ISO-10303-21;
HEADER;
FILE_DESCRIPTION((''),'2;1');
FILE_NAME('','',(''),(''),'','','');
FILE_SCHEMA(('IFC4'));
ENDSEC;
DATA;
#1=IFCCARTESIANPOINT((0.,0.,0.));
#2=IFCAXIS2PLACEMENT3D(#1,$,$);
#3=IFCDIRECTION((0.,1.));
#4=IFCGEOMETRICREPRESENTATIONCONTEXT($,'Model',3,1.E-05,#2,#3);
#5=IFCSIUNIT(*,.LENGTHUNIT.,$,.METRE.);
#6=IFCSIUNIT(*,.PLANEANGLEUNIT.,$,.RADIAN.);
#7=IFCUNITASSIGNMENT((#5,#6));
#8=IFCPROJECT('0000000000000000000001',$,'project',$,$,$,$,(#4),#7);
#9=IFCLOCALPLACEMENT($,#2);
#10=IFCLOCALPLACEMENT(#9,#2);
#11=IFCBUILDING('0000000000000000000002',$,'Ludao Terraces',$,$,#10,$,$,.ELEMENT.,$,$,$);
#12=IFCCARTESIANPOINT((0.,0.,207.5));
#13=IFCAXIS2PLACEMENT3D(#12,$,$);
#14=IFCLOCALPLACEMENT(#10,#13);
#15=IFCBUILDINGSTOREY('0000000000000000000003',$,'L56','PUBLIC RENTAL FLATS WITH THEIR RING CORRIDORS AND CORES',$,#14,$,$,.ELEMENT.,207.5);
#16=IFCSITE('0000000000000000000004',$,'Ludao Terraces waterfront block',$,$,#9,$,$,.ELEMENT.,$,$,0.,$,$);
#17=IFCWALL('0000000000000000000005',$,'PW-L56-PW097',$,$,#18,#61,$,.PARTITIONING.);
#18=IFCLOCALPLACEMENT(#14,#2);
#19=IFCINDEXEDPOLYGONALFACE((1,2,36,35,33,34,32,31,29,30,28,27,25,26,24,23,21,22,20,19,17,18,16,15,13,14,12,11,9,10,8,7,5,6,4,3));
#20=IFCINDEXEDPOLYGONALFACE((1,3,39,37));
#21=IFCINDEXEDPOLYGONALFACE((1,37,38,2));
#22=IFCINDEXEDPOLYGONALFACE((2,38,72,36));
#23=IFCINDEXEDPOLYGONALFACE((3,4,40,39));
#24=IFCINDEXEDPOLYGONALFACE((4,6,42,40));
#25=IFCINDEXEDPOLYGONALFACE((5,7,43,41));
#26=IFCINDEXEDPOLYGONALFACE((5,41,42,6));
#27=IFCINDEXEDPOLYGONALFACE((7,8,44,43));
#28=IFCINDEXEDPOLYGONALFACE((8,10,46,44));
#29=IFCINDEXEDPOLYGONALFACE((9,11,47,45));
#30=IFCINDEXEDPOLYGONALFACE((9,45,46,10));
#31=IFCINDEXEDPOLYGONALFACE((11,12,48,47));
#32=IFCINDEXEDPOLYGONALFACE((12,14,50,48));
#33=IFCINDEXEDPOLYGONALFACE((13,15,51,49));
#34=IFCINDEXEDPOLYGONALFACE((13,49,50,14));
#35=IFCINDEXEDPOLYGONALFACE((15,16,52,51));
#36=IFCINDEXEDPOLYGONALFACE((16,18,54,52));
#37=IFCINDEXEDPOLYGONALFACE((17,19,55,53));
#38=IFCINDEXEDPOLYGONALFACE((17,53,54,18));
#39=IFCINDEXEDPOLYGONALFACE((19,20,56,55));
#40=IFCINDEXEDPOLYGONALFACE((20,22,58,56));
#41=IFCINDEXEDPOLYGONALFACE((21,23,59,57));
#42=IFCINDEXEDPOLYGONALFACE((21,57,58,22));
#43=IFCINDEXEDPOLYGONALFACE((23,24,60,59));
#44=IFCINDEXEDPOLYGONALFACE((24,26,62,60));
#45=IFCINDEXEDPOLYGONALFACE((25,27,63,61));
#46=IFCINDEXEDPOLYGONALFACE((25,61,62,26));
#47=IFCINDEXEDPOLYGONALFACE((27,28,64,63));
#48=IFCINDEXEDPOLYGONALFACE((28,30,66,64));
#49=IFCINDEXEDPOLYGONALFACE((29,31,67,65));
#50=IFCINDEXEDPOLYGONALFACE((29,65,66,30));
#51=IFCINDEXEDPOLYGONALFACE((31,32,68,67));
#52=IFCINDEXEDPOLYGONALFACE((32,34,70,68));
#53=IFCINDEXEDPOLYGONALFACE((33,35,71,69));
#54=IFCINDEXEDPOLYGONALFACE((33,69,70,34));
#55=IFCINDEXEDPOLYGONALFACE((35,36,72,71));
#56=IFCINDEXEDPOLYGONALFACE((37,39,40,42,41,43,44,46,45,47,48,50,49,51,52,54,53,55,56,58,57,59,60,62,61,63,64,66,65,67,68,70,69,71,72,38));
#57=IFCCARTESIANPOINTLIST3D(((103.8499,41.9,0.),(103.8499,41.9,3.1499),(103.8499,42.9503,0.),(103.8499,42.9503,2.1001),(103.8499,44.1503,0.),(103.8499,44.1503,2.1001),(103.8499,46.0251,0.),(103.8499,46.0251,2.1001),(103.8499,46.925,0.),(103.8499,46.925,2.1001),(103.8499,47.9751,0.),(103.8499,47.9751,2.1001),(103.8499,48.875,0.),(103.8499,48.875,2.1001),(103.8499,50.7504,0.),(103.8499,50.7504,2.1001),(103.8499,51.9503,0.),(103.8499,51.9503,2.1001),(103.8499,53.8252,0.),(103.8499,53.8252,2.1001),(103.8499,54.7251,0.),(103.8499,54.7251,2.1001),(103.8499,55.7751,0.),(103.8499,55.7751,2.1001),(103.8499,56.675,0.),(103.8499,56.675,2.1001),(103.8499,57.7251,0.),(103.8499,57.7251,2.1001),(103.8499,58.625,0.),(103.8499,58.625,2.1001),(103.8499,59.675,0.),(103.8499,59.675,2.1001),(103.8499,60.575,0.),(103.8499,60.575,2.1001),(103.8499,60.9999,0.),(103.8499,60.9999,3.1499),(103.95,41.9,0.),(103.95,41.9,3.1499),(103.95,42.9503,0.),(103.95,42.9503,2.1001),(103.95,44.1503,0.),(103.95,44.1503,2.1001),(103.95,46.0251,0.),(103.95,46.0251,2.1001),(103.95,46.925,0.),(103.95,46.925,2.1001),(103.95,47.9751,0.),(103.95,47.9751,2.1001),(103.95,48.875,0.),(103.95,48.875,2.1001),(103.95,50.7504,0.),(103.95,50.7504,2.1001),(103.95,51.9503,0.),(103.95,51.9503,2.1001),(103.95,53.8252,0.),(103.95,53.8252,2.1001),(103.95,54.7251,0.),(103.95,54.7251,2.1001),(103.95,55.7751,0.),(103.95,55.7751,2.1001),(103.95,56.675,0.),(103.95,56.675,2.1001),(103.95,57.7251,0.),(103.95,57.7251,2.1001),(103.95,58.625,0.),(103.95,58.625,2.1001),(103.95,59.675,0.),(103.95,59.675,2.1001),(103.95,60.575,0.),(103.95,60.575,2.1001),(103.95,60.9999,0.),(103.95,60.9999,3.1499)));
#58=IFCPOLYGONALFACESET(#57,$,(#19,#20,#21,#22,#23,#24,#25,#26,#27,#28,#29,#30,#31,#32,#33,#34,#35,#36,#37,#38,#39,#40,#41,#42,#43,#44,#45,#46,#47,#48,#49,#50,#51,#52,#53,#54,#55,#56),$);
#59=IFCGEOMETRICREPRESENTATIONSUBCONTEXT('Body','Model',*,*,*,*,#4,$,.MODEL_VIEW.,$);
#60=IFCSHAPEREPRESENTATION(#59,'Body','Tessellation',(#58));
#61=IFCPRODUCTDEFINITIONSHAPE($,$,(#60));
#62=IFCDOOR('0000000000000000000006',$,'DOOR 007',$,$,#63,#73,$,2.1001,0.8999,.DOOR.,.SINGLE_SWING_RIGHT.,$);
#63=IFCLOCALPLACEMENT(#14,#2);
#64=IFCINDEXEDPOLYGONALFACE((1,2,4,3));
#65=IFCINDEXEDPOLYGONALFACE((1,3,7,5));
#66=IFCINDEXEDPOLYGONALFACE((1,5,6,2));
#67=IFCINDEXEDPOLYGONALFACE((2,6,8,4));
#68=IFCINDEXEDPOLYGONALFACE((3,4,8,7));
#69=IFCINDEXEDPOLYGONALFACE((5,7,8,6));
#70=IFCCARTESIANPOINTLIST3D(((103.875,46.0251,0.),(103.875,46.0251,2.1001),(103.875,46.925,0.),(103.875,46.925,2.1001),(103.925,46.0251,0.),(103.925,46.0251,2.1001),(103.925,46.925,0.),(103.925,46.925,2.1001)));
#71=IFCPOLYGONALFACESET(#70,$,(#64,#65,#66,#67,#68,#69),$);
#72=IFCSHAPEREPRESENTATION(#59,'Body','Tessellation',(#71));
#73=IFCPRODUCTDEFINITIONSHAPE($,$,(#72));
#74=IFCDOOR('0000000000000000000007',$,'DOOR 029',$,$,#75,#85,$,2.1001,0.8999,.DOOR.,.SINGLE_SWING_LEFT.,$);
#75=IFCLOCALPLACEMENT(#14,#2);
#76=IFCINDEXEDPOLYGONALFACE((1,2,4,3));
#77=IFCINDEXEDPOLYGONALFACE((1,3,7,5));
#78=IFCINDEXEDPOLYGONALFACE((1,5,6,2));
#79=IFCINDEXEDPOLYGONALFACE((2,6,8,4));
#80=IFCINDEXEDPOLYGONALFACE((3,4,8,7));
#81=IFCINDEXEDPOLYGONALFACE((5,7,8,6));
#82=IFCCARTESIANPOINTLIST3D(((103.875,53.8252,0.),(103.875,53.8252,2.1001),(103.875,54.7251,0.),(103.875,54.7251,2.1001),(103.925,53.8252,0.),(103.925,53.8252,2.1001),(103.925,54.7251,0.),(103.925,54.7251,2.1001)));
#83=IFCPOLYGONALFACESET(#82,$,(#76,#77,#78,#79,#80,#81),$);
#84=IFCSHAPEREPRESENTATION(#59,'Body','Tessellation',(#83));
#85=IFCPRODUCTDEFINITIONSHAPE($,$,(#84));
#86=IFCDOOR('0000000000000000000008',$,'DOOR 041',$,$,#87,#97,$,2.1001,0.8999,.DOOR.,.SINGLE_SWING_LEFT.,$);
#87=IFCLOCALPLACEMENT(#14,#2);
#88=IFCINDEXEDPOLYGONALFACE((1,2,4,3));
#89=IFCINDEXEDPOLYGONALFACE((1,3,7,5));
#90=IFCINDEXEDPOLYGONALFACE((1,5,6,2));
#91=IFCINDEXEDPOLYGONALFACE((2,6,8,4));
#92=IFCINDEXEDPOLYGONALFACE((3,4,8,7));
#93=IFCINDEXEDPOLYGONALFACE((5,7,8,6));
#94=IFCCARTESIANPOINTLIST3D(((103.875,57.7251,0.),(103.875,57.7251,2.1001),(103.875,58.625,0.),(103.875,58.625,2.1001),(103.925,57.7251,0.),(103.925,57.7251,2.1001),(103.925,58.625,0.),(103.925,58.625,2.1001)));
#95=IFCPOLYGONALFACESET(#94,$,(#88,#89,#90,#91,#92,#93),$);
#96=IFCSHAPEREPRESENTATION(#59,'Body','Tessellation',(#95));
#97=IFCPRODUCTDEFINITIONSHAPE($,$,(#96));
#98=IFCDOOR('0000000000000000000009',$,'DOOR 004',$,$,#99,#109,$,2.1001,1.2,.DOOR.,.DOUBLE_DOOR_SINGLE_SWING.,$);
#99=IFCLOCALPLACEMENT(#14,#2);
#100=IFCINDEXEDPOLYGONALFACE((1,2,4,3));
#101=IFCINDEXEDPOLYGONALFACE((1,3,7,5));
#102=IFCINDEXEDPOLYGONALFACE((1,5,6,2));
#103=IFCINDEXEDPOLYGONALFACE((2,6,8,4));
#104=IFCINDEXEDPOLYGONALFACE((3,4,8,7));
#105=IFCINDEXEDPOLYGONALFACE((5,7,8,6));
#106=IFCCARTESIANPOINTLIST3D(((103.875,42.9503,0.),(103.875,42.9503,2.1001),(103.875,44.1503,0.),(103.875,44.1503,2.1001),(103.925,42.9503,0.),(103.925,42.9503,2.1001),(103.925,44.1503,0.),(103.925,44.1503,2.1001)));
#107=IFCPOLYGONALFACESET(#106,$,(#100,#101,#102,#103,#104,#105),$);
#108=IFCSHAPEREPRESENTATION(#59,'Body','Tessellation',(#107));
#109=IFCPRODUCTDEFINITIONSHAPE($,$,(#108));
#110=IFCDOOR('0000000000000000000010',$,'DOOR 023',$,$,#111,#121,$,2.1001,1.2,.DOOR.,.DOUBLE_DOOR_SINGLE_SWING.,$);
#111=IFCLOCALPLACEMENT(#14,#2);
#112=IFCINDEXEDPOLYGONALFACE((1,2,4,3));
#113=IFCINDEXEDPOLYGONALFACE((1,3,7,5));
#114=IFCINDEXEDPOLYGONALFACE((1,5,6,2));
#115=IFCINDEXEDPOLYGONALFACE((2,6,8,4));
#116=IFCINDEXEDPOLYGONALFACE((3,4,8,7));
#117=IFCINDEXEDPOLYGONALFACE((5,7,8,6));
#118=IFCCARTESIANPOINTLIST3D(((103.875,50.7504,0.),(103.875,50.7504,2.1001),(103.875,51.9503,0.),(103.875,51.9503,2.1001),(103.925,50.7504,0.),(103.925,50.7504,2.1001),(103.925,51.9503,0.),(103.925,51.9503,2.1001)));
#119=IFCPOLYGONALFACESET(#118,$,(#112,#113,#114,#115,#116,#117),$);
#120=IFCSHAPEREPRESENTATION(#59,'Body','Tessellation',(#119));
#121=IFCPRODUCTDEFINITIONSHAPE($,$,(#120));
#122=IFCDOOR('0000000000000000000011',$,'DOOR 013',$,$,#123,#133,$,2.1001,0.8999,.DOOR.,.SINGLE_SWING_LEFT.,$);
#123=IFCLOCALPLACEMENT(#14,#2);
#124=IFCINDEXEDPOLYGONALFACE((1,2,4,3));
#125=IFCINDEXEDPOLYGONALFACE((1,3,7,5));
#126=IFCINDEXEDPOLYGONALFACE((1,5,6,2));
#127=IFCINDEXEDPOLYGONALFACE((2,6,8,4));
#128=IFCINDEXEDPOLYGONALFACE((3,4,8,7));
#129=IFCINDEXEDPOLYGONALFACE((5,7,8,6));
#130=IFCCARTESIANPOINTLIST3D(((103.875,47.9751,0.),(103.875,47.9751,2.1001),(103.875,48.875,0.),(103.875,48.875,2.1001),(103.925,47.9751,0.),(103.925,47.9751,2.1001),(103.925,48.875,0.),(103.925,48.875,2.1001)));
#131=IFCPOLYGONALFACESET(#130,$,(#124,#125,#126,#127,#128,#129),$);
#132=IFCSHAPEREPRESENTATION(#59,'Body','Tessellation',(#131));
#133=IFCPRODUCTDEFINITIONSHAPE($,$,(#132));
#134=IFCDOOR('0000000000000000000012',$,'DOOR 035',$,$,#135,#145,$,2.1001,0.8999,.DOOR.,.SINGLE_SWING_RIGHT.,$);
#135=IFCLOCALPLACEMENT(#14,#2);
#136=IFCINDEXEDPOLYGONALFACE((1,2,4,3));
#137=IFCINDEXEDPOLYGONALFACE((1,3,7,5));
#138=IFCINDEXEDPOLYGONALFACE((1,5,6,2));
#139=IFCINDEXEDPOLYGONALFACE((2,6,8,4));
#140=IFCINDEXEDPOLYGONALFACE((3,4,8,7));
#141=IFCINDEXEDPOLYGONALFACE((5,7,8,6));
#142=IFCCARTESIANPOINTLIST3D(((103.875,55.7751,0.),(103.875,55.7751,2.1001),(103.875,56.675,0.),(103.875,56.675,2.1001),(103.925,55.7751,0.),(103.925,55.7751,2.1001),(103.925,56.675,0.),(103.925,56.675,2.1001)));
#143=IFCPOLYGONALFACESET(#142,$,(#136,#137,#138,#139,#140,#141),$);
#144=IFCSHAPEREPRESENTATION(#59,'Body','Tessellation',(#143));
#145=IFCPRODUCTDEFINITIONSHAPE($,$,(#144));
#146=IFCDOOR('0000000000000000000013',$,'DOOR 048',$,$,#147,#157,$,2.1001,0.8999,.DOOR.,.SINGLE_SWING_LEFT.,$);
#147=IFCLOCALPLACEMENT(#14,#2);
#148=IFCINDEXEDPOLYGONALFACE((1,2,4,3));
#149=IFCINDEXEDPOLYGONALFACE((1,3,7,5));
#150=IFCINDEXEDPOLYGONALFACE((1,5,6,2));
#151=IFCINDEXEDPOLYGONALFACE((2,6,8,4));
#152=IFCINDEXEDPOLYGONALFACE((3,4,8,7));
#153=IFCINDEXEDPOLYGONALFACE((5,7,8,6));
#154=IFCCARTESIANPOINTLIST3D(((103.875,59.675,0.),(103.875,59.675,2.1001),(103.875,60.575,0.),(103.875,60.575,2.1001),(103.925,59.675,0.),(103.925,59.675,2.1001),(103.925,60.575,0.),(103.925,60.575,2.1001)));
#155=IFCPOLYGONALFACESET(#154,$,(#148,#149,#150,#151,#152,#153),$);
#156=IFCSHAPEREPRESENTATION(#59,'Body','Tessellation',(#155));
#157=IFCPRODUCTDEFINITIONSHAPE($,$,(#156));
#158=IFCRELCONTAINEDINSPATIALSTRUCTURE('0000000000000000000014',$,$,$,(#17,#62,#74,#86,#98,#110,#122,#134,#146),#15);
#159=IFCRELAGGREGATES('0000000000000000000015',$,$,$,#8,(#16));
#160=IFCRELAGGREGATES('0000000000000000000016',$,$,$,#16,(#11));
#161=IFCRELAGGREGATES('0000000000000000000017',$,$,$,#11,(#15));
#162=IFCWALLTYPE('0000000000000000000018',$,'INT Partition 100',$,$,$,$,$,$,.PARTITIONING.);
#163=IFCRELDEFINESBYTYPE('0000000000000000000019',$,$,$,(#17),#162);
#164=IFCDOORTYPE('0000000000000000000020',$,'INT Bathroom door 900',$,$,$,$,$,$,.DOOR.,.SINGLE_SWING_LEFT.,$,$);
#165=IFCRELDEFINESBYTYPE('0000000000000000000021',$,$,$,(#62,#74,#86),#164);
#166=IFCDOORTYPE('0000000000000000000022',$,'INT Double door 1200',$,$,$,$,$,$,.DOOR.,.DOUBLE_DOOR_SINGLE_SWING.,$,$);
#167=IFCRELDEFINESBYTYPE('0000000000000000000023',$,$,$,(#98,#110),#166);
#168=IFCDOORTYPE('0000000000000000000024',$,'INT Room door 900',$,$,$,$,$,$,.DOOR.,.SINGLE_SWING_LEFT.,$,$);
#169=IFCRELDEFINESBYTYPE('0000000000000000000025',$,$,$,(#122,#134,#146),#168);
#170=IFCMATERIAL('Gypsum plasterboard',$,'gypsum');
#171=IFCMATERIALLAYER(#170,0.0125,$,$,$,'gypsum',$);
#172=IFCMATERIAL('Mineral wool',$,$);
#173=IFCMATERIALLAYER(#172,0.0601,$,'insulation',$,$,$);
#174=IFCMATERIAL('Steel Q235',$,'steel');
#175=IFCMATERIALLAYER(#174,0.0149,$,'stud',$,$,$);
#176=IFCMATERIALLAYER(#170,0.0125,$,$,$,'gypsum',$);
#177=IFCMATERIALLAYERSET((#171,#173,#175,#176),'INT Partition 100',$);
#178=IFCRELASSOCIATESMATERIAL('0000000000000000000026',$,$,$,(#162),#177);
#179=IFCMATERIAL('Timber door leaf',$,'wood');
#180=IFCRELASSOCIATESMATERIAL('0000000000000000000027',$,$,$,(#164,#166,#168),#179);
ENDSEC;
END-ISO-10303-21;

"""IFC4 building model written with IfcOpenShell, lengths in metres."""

from ifc_helpers import new_model, si_unit, direction, frame, frame_2d, origin, place, context, subcontext, project, spatial, rectangle, extrude, material, layer, layer_set, type_object, element, fill, save


model = new_model("IFC4")

# Units and contexts
model_context = context("Model", 3, precision=1e-05, world=origin(), true_north=direction((0.0, 1.0)))
body_context = subcontext(model_context, "Body", "Model", "MODEL_VIEW")
ifc_project = project(units=[si_unit("LENGTHUNIT", "METRE"), si_unit("PLANEANGLEUNIT", "RADIAN")], contexts=[model_context])

# Site, building, storey
site_placement = place(None, origin())
site = spatial("IfcSite", under=ifc_project, at=site_placement, Name="Ludao Terraces waterfront block", CompositionType="ELEMENT", RefElevation=0.0)
building_placement = place(site_placement, origin())
building = spatial("IfcBuilding", under=site, at=building_placement, Name="Ludao Terraces", CompositionType="ELEMENT")
storey_placement = place(building_placement, frame((0.0, 0.0, 207.5)))
storey = spatial("IfcBuildingStorey", under=building, at=storey_placement, Name="L56", Description="PUBLIC RENTAL FLATS WITH THEIR RING CORRIDORS AND CORES", CompositionType="ELEMENT", Elevation=207.5)

# Shared definitions
ifc_material_1 = material(Name="Mineral wool")

# Wall, openings, doors
ifc_material_2 = material(Name="Gypsum plasterboard", Category="gypsum")
ifc_layer_1 = layer(ifc_material_2, 0.0125, Category="gypsum")
ifc_layer_2 = layer(ifc_material_1, 0.0601, Name="insulation")
ifc_material_3 = material(Name="Steel Q235", Category="steel")
ifc_layer_3 = layer(ifc_material_3, 0.0149, Name="stud")
ifc_layer_4 = layer(ifc_material_2, 0.0125, Category="gypsum")
ifc_layer_set_1 = layer_set([ifc_layer_1, ifc_layer_2, ifc_layer_3, ifc_layer_4], Name="INT Partition 100")
wall_type_1 = type_object("IfcWallType", Name="INT Partition 100", PredefinedType="PARTITIONING", material=ifc_layer_set_1)
wall_1_placement = place(storey_placement, frame((103.8999, 41.9001, 0.0), z_axis=(0.0, 0.0, 1.0), x_axis=(0.0, 1.0, 0.0)))
wall_1 = element("IfcWall", 1, at=wall_1_placement, inside=storey, type_object=wall_type_1, Name="PW-L56-PW097", PredefinedType="PARTITIONING", context=body_context, shape_type="SweptSolid", body=[
    extrude(rectangle(XDim=19.0999, YDim=0.1001, at=frame_2d((9.5498, 0.0))), origin(), (0.0, 0.0, 1.0), 3.1499),
])
opening_1_placement = place(wall_1_placement, frame((1.05, 0.0, 0.0)))
opening_1 = element("IfcOpeningElement", 2, at=opening_1_placement, cuts=wall_1, PredefinedType="OPENING", context=body_context, shape_type="SweptSolid", body=[
    extrude(rectangle(XDim=1.2, YDim=2.1001, at=frame_2d((0.6001, 1.05))), frame((0.0, 0.0601, 0.0), z_axis=(0.0, -1.0, 0.0), x_axis=(1.0, 0.0, 0.0)), (0.0, 0.0, 1.0), 0.1201),
])
opening_2_placement = place(wall_1_placement, frame((4.125, 0.0, 0.0)))
opening_2 = element("IfcOpeningElement", 3, at=opening_2_placement, cuts=wall_1, PredefinedType="OPENING", context=body_context, shape_type="SweptSolid", body=[
    extrude(rectangle(XDim=0.8999, YDim=2.1001, at=frame_2d((0.45, 1.05))), frame((0.0, 0.0601, 0.0), z_axis=(0.0, -1.0, 0.0), x_axis=(1.0, 0.0, 0.0)), (0.0, 0.0, 1.0), 0.1201),
])
opening_3_placement = place(wall_1_placement, frame((6.075, 0.0, 0.0)))
opening_3 = element("IfcOpeningElement", 4, at=opening_3_placement, cuts=wall_1, PredefinedType="OPENING", context=body_context, shape_type="SweptSolid", body=[
    extrude(rectangle(XDim=0.8999, YDim=2.1001, at=frame_2d((0.45, 1.05))), frame((0.0, 0.0601, 0.0), z_axis=(0.0, -1.0, 0.0), x_axis=(1.0, 0.0, 0.0)), (0.0, 0.0, 1.0), 0.1201),
])
opening_4_placement = place(wall_1_placement, frame((8.8501, 0.0, 0.0)))
opening_4 = element("IfcOpeningElement", 5, at=opening_4_placement, cuts=wall_1, PredefinedType="OPENING", context=body_context, shape_type="SweptSolid", body=[
    extrude(rectangle(XDim=1.2, YDim=2.1001, at=frame_2d((0.6001, 1.05))), frame((0.0, 0.0601, 0.0), z_axis=(0.0, -1.0, 0.0), x_axis=(1.0, 0.0, 0.0)), (0.0, 0.0, 1.0), 0.1201),
])
opening_5_placement = place(wall_1_placement, frame((11.925, 0.0, 0.0)))
opening_5 = element("IfcOpeningElement", 6, at=opening_5_placement, cuts=wall_1, PredefinedType="OPENING", context=body_context, shape_type="SweptSolid", body=[
    extrude(rectangle(XDim=0.8999, YDim=2.1001, at=frame_2d((0.45, 1.05))), frame((0.0, 0.0601, 0.0), z_axis=(0.0, -1.0, 0.0), x_axis=(1.0, 0.0, 0.0)), (0.0, 0.0, 1.0), 0.1201),
])
opening_6_placement = place(wall_1_placement, frame((13.875, 0.0, 0.0)))
opening_6 = element("IfcOpeningElement", 7, at=opening_6_placement, cuts=wall_1, PredefinedType="OPENING", context=body_context, shape_type="SweptSolid", body=[
    extrude(rectangle(XDim=0.8999, YDim=2.1001, at=frame_2d((0.45, 1.05))), frame((0.0, 0.0601, 0.0), z_axis=(0.0, -1.0, 0.0), x_axis=(1.0, 0.0, 0.0)), (0.0, 0.0, 1.0), 0.1201),
])
opening_7_placement = place(wall_1_placement, frame((15.825, 0.0, 0.0)))
opening_7 = element("IfcOpeningElement", 8, at=opening_7_placement, cuts=wall_1, PredefinedType="OPENING", context=body_context, shape_type="SweptSolid", body=[
    extrude(rectangle(XDim=0.8999, YDim=2.1001, at=frame_2d((0.45, 1.05))), frame((0.0, 0.0601, 0.0), z_axis=(0.0, -1.0, 0.0), x_axis=(1.0, 0.0, 0.0)), (0.0, 0.0, 1.0), 0.1201),
])
opening_8_placement = place(wall_1_placement, frame((17.7749, 0.0, 0.0)))
opening_8 = element("IfcOpeningElement", 9, at=opening_8_placement, cuts=wall_1, PredefinedType="OPENING", context=body_context, shape_type="SweptSolid", body=[
    extrude(rectangle(XDim=0.8999, YDim=2.1001, at=frame_2d((0.45, 1.05))), frame((0.0, 0.0601, 0.0), z_axis=(0.0, -1.0, 0.0), x_axis=(1.0, 0.0, 0.0)), (0.0, 0.0, 1.0), 0.1201),
])
ifc_material_4 = material(Name="Timber door leaf", Category="wood")
door_type_1 = type_object("IfcDoorType", Name="INT Bathroom door 900", OperationType="SINGLE_SWING_LEFT", PredefinedType="DOOR", material=ifc_material_4)
door_1_placement = place(opening_2_placement, origin())
door_1 = element("IfcDoor", 10, at=door_1_placement, inside=storey, type_object=door_type_1, Name="DOOR 007", OperationType="SINGLE_SWING_RIGHT", OverallHeight=2.1001, OverallWidth=0.8999, PredefinedType="DOOR", context=body_context, shape_type="SweptSolid", body=[
    extrude(rectangle(XDim=0.8999, YDim=2.1001, at=frame_2d((0.45, 1.05))), frame((0.0, 0.0249, 0.0), z_axis=(0.0, -1.0, 0.0), x_axis=(1.0, 0.0, 0.0)), (0.0, 0.0, 1.0), 0.05),
])
fill(opening_2, door_1)
door_2_placement = place(opening_5_placement, origin())
door_2 = element("IfcDoor", 11, at=door_2_placement, inside=storey, type_object=door_type_1, Name="DOOR 029", OperationType="SINGLE_SWING_LEFT", OverallHeight=2.1001, OverallWidth=0.8999, PredefinedType="DOOR", context=body_context, shape_type="SweptSolid", body=[
    extrude(rectangle(XDim=0.8999, YDim=2.1001, at=frame_2d((0.45, 1.05))), frame((0.0, 0.0249, 0.0), z_axis=(0.0, -1.0, 0.0), x_axis=(1.0, 0.0, 0.0)), (0.0, 0.0, 1.0), 0.05),
])
fill(opening_5, door_2)
door_3_placement = place(opening_7_placement, origin())
door_3 = element("IfcDoor", 12, at=door_3_placement, inside=storey, type_object=door_type_1, Name="DOOR 041", OperationType="SINGLE_SWING_LEFT", OverallHeight=2.1001, OverallWidth=0.8999, PredefinedType="DOOR", context=body_context, shape_type="SweptSolid", body=[
    extrude(rectangle(XDim=0.8999, YDim=2.1001, at=frame_2d((0.45, 1.05))), frame((0.0, 0.0249, 0.0), z_axis=(0.0, -1.0, 0.0), x_axis=(1.0, 0.0, 0.0)), (0.0, 0.0, 1.0), 0.05),
])
fill(opening_7, door_3)
door_type_2 = type_object("IfcDoorType", Name="INT Double door 1200", OperationType="DOUBLE_DOOR_SINGLE_SWING", PredefinedType="DOOR", material=ifc_material_4)
door_4_placement = place(opening_1_placement, origin())
door_4 = element("IfcDoor", 13, at=door_4_placement, inside=storey, type_object=door_type_2, Name="DOOR 004", OperationType="DOUBLE_DOOR_SINGLE_SWING", OverallHeight=2.1001, OverallWidth=1.2, PredefinedType="DOOR", context=body_context, shape_type="SweptSolid", body=[
    extrude(rectangle(XDim=1.2, YDim=2.1001, at=frame_2d((0.6001, 1.05))), frame((0.0, 0.0249, 0.0), z_axis=(0.0, -1.0, 0.0), x_axis=(1.0, 0.0, 0.0)), (0.0, 0.0, 1.0), 0.05),
])
fill(opening_1, door_4)
door_5_placement = place(opening_4_placement, origin())
door_5 = element("IfcDoor", 14, at=door_5_placement, inside=storey, type_object=door_type_2, Name="DOOR 023", OperationType="DOUBLE_DOOR_SINGLE_SWING", OverallHeight=2.1001, OverallWidth=1.2, PredefinedType="DOOR", context=body_context, shape_type="SweptSolid", body=[
    extrude(rectangle(XDim=1.2, YDim=2.1001, at=frame_2d((0.6001, 1.05))), frame((0.0, 0.0249, 0.0), z_axis=(0.0, -1.0, 0.0), x_axis=(1.0, 0.0, 0.0)), (0.0, 0.0, 1.0), 0.05),
])
fill(opening_4, door_5)
door_type_3 = type_object("IfcDoorType", Name="INT Room door 900", OperationType="SINGLE_SWING_LEFT", PredefinedType="DOOR", material=ifc_material_4)
door_6_placement = place(opening_3_placement, origin())
door_6 = element("IfcDoor", 15, at=door_6_placement, inside=storey, type_object=door_type_3, Name="DOOR 013", OperationType="SINGLE_SWING_LEFT", OverallHeight=2.1001, OverallWidth=0.8999, PredefinedType="DOOR", context=body_context, shape_type="SweptSolid", body=[
    extrude(rectangle(XDim=0.8999, YDim=2.1001, at=frame_2d((0.45, 1.05))), frame((0.0, 0.0249, 0.0), z_axis=(0.0, -1.0, 0.0), x_axis=(1.0, 0.0, 0.0)), (0.0, 0.0, 1.0), 0.05),
])
fill(opening_3, door_6)
door_7_placement = place(opening_6_placement, origin())
door_7 = element("IfcDoor", 16, at=door_7_placement, inside=storey, type_object=door_type_3, Name="DOOR 035", OperationType="SINGLE_SWING_RIGHT", OverallHeight=2.1001, OverallWidth=0.8999, PredefinedType="DOOR", context=body_context, shape_type="SweptSolid", body=[
    extrude(rectangle(XDim=0.8999, YDim=2.1001, at=frame_2d((0.45, 1.05))), frame((0.0, 0.0249, 0.0), z_axis=(0.0, -1.0, 0.0), x_axis=(1.0, 0.0, 0.0)), (0.0, 0.0, 1.0), 0.05),
])
fill(opening_6, door_7)
door_8_placement = place(opening_8_placement, origin())
door_8 = element("IfcDoor", 17, at=door_8_placement, inside=storey, type_object=door_type_3, Name="DOOR 048", OperationType="SINGLE_SWING_LEFT", OverallHeight=2.1001, OverallWidth=0.8999, PredefinedType="DOOR", context=body_context, shape_type="SweptSolid", body=[
    extrude(rectangle(XDim=0.8999, YDim=2.1001, at=frame_2d((0.45, 1.05))), frame((0.0, 0.0249, 0.0), z_axis=(0.0, -1.0, 0.0), x_axis=(1.0, 0.0, 0.0)), (0.0, 0.0, 1.0), 0.05),
])
fill(opening_8, door_8)

save(model, "model.ifc")
